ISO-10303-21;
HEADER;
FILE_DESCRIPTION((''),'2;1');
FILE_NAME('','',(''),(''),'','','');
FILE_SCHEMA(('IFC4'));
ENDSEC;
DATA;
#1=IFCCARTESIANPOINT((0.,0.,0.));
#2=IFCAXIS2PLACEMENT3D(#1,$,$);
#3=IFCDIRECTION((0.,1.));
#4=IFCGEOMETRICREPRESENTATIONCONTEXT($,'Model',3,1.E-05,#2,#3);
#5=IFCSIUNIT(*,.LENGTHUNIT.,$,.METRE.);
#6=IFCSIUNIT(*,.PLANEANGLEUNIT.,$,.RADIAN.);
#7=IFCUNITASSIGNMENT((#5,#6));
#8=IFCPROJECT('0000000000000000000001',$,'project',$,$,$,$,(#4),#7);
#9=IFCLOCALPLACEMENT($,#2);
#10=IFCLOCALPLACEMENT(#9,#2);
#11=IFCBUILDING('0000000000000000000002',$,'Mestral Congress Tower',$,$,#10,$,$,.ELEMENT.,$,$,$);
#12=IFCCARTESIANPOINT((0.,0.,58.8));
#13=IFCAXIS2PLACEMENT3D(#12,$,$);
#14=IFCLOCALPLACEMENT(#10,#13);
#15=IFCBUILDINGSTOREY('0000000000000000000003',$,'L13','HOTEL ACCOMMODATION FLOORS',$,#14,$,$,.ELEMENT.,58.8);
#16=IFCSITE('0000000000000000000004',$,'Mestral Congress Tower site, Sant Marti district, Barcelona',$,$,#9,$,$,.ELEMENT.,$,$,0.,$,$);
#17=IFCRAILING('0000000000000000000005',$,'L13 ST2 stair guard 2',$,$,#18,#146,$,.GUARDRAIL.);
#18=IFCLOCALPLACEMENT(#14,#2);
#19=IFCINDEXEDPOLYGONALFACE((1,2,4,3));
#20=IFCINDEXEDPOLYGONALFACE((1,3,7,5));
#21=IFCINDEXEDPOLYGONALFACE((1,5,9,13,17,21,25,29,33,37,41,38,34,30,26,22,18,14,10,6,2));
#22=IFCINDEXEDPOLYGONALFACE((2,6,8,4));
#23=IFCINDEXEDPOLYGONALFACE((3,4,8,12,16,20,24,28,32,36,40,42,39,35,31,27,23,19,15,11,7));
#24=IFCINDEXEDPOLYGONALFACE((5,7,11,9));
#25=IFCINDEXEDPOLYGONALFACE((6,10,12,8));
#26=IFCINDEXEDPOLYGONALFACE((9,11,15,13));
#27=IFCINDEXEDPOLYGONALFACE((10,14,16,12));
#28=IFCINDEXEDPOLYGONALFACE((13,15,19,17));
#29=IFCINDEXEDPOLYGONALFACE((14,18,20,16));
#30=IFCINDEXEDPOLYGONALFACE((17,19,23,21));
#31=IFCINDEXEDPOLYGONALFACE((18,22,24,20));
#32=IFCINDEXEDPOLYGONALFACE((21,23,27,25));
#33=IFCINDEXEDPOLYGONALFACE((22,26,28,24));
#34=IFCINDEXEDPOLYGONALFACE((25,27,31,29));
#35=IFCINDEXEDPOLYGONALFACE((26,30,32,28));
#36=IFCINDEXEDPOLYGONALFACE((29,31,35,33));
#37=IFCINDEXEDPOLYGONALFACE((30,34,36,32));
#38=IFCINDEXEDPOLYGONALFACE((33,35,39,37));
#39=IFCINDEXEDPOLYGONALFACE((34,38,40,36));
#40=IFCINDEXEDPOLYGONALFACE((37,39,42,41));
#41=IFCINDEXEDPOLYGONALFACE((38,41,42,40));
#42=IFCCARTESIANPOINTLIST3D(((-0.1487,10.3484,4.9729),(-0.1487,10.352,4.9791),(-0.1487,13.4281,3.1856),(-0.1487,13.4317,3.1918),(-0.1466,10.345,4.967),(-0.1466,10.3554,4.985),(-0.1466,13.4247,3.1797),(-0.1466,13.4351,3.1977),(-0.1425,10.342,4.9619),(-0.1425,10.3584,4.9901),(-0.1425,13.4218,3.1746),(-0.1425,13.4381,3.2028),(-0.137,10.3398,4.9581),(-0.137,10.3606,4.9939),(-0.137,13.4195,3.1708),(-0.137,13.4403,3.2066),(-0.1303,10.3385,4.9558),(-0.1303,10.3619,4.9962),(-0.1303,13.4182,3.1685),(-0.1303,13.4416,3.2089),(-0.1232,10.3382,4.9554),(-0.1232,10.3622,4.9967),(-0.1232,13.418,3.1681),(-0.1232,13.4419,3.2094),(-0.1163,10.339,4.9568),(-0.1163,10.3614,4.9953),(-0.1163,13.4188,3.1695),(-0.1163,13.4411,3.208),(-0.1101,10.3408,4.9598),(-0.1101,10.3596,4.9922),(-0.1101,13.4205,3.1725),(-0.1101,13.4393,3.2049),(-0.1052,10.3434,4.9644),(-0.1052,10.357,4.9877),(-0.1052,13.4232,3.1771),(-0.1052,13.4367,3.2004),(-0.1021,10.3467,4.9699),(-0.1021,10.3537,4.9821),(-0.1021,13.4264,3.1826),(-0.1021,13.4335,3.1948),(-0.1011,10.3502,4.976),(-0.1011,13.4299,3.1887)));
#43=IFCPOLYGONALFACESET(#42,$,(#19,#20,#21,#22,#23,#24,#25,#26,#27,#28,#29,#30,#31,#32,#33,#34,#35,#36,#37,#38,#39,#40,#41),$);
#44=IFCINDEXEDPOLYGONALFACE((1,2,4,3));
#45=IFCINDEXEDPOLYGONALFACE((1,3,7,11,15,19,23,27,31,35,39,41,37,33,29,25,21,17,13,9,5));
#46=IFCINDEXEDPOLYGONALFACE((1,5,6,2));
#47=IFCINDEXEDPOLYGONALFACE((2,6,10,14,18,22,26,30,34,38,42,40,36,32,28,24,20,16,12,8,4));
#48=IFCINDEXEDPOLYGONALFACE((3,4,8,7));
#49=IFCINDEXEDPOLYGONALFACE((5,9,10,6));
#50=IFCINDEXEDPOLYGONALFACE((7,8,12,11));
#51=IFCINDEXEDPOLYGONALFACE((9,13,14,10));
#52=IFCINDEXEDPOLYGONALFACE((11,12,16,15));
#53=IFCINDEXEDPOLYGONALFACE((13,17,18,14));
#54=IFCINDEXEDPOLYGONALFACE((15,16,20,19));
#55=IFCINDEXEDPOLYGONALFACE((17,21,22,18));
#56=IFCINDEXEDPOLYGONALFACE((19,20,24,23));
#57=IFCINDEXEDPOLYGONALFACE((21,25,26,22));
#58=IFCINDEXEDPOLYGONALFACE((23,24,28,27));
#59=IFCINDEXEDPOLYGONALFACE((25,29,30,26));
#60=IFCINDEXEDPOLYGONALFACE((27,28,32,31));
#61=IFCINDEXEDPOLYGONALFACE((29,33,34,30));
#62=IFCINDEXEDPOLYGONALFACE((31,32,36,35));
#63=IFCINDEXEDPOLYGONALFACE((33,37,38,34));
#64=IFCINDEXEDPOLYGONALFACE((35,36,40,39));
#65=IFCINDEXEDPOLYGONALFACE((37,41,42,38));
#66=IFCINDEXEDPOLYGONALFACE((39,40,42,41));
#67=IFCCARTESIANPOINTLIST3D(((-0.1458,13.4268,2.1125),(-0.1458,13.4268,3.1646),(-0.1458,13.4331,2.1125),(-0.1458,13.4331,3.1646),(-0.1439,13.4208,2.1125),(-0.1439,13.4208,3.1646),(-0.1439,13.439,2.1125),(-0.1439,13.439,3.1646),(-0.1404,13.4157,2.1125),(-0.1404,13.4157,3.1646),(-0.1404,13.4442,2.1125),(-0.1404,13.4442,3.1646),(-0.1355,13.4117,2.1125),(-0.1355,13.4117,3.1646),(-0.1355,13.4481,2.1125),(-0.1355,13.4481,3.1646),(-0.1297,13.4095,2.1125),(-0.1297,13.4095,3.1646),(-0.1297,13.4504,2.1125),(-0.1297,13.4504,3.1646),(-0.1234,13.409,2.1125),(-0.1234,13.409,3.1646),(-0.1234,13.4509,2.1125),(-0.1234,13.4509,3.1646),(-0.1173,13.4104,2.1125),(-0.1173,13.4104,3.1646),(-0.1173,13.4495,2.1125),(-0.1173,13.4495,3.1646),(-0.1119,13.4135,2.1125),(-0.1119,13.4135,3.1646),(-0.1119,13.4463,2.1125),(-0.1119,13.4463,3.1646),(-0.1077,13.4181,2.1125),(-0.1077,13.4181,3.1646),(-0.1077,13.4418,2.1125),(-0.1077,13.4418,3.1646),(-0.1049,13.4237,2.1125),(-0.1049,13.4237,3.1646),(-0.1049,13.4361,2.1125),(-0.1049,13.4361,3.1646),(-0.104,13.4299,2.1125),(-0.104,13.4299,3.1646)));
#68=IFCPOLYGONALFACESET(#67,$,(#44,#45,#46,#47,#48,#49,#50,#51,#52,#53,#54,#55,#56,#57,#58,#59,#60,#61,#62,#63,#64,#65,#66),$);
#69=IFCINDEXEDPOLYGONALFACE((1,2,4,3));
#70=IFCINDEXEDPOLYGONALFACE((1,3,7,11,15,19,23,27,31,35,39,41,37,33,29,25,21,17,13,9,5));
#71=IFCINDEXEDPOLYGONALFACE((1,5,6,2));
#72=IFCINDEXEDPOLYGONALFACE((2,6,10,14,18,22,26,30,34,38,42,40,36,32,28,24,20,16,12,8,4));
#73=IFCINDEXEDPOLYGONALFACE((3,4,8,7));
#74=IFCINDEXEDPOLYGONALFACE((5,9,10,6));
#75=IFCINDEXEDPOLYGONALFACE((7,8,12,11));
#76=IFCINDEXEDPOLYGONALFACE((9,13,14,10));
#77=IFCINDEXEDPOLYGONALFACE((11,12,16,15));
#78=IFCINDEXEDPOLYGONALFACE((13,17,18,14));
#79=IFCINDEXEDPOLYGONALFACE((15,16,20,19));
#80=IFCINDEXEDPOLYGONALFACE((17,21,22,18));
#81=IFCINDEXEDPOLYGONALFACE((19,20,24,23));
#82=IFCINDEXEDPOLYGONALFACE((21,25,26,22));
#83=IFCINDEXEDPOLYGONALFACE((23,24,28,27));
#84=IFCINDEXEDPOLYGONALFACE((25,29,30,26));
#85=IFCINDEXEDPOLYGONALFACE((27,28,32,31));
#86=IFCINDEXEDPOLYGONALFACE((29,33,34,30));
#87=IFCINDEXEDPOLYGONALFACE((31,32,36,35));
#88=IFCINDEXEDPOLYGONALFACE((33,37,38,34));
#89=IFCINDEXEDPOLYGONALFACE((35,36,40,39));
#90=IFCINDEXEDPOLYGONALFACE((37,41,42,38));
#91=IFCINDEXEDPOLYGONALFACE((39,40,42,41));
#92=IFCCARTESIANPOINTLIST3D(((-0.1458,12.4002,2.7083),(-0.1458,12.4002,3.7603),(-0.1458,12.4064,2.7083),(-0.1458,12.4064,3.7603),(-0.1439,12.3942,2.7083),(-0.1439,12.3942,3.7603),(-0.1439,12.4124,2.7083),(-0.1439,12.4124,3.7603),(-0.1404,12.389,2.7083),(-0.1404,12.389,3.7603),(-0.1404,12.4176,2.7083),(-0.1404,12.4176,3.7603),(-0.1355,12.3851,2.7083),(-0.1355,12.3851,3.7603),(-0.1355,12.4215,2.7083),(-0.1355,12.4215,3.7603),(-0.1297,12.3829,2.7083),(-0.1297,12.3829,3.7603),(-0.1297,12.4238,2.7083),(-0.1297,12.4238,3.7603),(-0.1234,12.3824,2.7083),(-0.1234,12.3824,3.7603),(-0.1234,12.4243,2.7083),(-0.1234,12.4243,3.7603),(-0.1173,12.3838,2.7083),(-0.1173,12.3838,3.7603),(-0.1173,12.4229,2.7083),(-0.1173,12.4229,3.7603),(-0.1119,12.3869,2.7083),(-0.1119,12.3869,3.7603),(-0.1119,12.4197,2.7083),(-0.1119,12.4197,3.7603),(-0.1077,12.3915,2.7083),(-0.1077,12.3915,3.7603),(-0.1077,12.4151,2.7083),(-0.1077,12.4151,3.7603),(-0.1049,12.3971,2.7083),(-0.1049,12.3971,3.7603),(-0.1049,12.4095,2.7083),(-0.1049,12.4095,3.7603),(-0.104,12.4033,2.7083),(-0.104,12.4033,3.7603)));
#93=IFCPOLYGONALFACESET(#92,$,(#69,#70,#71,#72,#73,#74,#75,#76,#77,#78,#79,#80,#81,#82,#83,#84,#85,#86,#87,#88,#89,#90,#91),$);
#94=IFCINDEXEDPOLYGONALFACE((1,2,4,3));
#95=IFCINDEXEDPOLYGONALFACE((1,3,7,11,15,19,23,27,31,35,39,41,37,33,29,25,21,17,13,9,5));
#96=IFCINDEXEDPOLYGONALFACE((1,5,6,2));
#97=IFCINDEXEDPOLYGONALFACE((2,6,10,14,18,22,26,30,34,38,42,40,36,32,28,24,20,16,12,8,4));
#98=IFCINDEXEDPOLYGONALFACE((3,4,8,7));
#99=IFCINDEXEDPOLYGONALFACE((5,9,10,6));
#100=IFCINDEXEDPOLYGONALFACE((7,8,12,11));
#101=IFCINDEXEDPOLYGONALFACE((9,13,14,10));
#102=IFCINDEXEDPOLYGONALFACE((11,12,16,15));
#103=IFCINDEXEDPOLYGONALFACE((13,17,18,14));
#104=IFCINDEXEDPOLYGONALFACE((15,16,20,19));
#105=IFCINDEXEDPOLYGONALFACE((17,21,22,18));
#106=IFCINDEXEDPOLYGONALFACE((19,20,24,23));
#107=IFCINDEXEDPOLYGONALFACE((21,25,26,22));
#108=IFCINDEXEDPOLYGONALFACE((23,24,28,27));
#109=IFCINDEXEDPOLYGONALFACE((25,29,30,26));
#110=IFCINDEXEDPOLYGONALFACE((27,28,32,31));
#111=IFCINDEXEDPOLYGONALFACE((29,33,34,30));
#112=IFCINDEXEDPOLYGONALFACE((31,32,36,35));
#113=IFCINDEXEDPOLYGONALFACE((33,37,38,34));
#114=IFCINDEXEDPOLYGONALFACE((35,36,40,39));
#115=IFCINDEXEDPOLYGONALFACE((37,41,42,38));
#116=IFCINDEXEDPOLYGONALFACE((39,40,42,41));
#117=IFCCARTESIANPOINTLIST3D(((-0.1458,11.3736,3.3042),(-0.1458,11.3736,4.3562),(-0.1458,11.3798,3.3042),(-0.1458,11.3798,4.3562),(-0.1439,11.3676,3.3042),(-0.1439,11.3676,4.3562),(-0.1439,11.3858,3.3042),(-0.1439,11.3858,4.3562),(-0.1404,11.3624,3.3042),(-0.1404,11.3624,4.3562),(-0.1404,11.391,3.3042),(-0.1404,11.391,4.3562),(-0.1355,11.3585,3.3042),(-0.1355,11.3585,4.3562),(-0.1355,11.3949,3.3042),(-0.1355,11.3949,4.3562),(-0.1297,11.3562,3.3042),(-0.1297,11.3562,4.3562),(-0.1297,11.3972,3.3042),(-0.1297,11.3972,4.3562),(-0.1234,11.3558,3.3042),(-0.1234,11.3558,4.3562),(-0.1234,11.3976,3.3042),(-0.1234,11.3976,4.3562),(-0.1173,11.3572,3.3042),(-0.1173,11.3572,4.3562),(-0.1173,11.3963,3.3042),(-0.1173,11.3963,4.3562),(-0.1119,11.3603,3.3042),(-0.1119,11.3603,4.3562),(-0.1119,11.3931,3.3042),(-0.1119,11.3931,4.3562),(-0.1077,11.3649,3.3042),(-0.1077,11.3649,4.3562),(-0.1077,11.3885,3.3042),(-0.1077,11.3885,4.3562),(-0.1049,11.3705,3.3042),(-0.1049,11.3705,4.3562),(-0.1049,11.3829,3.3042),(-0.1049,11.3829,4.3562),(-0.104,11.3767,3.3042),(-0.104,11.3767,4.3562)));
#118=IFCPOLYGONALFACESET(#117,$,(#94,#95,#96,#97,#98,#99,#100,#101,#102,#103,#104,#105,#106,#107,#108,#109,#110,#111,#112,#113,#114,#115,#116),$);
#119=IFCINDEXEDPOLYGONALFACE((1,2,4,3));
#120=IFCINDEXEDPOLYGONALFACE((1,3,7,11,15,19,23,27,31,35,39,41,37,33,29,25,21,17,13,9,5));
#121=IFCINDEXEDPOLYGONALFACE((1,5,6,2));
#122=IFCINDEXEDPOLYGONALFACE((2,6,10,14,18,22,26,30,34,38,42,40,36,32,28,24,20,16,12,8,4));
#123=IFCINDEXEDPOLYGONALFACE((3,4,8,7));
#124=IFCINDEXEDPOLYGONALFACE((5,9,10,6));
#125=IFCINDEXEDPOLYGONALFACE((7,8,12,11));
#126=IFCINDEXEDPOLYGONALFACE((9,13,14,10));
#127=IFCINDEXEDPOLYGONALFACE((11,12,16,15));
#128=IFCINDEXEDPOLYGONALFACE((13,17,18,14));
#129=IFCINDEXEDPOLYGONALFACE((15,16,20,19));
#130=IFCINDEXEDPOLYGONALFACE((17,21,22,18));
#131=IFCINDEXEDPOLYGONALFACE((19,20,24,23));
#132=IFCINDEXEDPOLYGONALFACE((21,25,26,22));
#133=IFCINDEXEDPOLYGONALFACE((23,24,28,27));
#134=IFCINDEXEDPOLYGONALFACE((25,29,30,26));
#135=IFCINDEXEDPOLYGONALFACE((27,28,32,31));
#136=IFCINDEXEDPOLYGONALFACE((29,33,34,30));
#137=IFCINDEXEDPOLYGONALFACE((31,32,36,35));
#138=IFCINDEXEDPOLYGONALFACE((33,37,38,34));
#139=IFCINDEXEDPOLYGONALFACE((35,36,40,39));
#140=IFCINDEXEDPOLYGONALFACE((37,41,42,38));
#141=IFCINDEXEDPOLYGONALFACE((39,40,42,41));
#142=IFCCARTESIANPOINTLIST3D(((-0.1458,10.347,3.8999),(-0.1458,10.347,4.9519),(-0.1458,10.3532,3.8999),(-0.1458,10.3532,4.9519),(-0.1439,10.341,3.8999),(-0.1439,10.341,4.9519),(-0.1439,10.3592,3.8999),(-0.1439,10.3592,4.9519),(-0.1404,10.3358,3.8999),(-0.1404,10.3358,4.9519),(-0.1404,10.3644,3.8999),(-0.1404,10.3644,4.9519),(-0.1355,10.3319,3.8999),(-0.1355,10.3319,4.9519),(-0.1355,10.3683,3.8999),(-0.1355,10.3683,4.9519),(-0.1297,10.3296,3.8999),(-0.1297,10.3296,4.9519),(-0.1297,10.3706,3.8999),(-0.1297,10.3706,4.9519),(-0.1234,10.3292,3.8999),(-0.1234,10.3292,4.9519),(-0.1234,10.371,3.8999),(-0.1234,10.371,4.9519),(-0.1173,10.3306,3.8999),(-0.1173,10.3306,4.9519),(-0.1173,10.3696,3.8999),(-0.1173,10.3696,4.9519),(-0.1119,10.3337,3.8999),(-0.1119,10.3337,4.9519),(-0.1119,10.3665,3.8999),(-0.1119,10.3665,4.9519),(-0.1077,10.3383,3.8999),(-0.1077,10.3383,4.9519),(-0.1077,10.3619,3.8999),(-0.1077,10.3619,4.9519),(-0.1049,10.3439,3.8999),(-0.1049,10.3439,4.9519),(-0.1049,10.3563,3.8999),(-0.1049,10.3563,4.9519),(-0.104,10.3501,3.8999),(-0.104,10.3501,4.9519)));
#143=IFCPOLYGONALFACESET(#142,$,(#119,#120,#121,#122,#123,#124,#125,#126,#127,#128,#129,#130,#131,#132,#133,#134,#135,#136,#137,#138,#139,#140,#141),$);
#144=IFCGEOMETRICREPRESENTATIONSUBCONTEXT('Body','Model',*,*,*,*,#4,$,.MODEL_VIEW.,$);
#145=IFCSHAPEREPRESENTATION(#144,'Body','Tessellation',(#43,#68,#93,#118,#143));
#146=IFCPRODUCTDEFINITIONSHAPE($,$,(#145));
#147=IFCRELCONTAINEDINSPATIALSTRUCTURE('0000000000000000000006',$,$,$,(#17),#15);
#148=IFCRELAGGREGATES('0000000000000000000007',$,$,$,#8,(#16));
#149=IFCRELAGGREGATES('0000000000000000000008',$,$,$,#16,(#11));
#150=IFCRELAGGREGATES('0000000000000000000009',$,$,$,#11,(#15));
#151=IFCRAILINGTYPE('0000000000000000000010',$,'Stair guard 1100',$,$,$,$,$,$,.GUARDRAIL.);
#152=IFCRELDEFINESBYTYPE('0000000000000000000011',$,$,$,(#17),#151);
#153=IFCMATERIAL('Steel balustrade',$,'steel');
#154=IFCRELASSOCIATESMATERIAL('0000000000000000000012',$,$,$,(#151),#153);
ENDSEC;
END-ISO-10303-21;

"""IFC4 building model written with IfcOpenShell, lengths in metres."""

from ifc_helpers import new_model, si_unit, direction, frame, origin, origin_2d, place, context, subcontext, project, spatial, circle, extrude, material, type_object, element, save


model = new_model("IFC4")

# Units and contexts
model_context = context("Model", 3, precision=1e-05, world=origin(), true_north=direction((0.0, 1.0)))
body_context = subcontext(model_context, "Body", "Model", "MODEL_VIEW")
ifc_project = project(units=[si_unit("LENGTHUNIT", "METRE"), si_unit("PLANEANGLEUNIT", "RADIAN")], contexts=[model_context])

# Site, building, storey
site_placement = place(None, origin())
site = spatial("IfcSite", under=ifc_project, at=site_placement, Name="Mestral Congress Tower site, Sant Marti district, Barcelona", CompositionType="ELEMENT", RefElevation=0.0)
building_placement = place(site_placement, origin())
building = spatial("IfcBuilding", under=site, at=building_placement, Name="Mestral Congress Tower", CompositionType="ELEMENT")
storey_placement = place(building_placement, frame((0.0, 0.0, 58.8)))
storey = spatial("IfcBuildingStorey", under=building, at=storey_placement, Name="L13", Description="HOTEL ACCOMMODATION FLOORS", CompositionType="ELEMENT", Elevation=58.8)

# Railing
ifc_material_1 = material(Name="Steel balustrade", Category="steel")
railing_type_1 = type_object("IfcRailingType", Name="Stair guard 1100", PredefinedType="GUARDRAIL", material=ifc_material_1)
railing_1_placement = place(storey_placement, frame((-0.125, 13.4299, 2.1125)))
element("IfcRailing", 1, at=railing_1_placement, inside=storey, type_object=railing_type_1, Name="L13 ST2 stair guard 2", PredefinedType="GUARDRAIL", context=body_context, shape_type="SweptSolid", body=[
    extrude(circle(Radius=0.0239, at=origin_2d()), frame((0.0, 0.0, 1.0762), z_axis=(0.0, -0.864903, 0.501939), x_axis=(1.0, 0.0, 0.0)), (0.0, 0.0, 1.0), 3.5608),
    extrude(circle(Radius=0.021, at=origin_2d()), origin(), (0.0, 0.0, 1.0), 1.052),
    extrude(circle(Radius=0.021, at=origin_2d()), frame((0.0, -1.0266, 0.5957)), (0.0, 0.0, 1.0), 1.052),
    extrude(circle(Radius=0.021, at=origin_2d()), frame((0.0, -2.0532, 1.1917)), (0.0, 0.0, 1.0), 1.052),
    extrude(circle(Radius=0.021, at=origin_2d()), frame((0.0, -3.0798, 1.7874)), (0.0, 0.0, 1.0), 1.052),
])

save(model, "model.ifc")
